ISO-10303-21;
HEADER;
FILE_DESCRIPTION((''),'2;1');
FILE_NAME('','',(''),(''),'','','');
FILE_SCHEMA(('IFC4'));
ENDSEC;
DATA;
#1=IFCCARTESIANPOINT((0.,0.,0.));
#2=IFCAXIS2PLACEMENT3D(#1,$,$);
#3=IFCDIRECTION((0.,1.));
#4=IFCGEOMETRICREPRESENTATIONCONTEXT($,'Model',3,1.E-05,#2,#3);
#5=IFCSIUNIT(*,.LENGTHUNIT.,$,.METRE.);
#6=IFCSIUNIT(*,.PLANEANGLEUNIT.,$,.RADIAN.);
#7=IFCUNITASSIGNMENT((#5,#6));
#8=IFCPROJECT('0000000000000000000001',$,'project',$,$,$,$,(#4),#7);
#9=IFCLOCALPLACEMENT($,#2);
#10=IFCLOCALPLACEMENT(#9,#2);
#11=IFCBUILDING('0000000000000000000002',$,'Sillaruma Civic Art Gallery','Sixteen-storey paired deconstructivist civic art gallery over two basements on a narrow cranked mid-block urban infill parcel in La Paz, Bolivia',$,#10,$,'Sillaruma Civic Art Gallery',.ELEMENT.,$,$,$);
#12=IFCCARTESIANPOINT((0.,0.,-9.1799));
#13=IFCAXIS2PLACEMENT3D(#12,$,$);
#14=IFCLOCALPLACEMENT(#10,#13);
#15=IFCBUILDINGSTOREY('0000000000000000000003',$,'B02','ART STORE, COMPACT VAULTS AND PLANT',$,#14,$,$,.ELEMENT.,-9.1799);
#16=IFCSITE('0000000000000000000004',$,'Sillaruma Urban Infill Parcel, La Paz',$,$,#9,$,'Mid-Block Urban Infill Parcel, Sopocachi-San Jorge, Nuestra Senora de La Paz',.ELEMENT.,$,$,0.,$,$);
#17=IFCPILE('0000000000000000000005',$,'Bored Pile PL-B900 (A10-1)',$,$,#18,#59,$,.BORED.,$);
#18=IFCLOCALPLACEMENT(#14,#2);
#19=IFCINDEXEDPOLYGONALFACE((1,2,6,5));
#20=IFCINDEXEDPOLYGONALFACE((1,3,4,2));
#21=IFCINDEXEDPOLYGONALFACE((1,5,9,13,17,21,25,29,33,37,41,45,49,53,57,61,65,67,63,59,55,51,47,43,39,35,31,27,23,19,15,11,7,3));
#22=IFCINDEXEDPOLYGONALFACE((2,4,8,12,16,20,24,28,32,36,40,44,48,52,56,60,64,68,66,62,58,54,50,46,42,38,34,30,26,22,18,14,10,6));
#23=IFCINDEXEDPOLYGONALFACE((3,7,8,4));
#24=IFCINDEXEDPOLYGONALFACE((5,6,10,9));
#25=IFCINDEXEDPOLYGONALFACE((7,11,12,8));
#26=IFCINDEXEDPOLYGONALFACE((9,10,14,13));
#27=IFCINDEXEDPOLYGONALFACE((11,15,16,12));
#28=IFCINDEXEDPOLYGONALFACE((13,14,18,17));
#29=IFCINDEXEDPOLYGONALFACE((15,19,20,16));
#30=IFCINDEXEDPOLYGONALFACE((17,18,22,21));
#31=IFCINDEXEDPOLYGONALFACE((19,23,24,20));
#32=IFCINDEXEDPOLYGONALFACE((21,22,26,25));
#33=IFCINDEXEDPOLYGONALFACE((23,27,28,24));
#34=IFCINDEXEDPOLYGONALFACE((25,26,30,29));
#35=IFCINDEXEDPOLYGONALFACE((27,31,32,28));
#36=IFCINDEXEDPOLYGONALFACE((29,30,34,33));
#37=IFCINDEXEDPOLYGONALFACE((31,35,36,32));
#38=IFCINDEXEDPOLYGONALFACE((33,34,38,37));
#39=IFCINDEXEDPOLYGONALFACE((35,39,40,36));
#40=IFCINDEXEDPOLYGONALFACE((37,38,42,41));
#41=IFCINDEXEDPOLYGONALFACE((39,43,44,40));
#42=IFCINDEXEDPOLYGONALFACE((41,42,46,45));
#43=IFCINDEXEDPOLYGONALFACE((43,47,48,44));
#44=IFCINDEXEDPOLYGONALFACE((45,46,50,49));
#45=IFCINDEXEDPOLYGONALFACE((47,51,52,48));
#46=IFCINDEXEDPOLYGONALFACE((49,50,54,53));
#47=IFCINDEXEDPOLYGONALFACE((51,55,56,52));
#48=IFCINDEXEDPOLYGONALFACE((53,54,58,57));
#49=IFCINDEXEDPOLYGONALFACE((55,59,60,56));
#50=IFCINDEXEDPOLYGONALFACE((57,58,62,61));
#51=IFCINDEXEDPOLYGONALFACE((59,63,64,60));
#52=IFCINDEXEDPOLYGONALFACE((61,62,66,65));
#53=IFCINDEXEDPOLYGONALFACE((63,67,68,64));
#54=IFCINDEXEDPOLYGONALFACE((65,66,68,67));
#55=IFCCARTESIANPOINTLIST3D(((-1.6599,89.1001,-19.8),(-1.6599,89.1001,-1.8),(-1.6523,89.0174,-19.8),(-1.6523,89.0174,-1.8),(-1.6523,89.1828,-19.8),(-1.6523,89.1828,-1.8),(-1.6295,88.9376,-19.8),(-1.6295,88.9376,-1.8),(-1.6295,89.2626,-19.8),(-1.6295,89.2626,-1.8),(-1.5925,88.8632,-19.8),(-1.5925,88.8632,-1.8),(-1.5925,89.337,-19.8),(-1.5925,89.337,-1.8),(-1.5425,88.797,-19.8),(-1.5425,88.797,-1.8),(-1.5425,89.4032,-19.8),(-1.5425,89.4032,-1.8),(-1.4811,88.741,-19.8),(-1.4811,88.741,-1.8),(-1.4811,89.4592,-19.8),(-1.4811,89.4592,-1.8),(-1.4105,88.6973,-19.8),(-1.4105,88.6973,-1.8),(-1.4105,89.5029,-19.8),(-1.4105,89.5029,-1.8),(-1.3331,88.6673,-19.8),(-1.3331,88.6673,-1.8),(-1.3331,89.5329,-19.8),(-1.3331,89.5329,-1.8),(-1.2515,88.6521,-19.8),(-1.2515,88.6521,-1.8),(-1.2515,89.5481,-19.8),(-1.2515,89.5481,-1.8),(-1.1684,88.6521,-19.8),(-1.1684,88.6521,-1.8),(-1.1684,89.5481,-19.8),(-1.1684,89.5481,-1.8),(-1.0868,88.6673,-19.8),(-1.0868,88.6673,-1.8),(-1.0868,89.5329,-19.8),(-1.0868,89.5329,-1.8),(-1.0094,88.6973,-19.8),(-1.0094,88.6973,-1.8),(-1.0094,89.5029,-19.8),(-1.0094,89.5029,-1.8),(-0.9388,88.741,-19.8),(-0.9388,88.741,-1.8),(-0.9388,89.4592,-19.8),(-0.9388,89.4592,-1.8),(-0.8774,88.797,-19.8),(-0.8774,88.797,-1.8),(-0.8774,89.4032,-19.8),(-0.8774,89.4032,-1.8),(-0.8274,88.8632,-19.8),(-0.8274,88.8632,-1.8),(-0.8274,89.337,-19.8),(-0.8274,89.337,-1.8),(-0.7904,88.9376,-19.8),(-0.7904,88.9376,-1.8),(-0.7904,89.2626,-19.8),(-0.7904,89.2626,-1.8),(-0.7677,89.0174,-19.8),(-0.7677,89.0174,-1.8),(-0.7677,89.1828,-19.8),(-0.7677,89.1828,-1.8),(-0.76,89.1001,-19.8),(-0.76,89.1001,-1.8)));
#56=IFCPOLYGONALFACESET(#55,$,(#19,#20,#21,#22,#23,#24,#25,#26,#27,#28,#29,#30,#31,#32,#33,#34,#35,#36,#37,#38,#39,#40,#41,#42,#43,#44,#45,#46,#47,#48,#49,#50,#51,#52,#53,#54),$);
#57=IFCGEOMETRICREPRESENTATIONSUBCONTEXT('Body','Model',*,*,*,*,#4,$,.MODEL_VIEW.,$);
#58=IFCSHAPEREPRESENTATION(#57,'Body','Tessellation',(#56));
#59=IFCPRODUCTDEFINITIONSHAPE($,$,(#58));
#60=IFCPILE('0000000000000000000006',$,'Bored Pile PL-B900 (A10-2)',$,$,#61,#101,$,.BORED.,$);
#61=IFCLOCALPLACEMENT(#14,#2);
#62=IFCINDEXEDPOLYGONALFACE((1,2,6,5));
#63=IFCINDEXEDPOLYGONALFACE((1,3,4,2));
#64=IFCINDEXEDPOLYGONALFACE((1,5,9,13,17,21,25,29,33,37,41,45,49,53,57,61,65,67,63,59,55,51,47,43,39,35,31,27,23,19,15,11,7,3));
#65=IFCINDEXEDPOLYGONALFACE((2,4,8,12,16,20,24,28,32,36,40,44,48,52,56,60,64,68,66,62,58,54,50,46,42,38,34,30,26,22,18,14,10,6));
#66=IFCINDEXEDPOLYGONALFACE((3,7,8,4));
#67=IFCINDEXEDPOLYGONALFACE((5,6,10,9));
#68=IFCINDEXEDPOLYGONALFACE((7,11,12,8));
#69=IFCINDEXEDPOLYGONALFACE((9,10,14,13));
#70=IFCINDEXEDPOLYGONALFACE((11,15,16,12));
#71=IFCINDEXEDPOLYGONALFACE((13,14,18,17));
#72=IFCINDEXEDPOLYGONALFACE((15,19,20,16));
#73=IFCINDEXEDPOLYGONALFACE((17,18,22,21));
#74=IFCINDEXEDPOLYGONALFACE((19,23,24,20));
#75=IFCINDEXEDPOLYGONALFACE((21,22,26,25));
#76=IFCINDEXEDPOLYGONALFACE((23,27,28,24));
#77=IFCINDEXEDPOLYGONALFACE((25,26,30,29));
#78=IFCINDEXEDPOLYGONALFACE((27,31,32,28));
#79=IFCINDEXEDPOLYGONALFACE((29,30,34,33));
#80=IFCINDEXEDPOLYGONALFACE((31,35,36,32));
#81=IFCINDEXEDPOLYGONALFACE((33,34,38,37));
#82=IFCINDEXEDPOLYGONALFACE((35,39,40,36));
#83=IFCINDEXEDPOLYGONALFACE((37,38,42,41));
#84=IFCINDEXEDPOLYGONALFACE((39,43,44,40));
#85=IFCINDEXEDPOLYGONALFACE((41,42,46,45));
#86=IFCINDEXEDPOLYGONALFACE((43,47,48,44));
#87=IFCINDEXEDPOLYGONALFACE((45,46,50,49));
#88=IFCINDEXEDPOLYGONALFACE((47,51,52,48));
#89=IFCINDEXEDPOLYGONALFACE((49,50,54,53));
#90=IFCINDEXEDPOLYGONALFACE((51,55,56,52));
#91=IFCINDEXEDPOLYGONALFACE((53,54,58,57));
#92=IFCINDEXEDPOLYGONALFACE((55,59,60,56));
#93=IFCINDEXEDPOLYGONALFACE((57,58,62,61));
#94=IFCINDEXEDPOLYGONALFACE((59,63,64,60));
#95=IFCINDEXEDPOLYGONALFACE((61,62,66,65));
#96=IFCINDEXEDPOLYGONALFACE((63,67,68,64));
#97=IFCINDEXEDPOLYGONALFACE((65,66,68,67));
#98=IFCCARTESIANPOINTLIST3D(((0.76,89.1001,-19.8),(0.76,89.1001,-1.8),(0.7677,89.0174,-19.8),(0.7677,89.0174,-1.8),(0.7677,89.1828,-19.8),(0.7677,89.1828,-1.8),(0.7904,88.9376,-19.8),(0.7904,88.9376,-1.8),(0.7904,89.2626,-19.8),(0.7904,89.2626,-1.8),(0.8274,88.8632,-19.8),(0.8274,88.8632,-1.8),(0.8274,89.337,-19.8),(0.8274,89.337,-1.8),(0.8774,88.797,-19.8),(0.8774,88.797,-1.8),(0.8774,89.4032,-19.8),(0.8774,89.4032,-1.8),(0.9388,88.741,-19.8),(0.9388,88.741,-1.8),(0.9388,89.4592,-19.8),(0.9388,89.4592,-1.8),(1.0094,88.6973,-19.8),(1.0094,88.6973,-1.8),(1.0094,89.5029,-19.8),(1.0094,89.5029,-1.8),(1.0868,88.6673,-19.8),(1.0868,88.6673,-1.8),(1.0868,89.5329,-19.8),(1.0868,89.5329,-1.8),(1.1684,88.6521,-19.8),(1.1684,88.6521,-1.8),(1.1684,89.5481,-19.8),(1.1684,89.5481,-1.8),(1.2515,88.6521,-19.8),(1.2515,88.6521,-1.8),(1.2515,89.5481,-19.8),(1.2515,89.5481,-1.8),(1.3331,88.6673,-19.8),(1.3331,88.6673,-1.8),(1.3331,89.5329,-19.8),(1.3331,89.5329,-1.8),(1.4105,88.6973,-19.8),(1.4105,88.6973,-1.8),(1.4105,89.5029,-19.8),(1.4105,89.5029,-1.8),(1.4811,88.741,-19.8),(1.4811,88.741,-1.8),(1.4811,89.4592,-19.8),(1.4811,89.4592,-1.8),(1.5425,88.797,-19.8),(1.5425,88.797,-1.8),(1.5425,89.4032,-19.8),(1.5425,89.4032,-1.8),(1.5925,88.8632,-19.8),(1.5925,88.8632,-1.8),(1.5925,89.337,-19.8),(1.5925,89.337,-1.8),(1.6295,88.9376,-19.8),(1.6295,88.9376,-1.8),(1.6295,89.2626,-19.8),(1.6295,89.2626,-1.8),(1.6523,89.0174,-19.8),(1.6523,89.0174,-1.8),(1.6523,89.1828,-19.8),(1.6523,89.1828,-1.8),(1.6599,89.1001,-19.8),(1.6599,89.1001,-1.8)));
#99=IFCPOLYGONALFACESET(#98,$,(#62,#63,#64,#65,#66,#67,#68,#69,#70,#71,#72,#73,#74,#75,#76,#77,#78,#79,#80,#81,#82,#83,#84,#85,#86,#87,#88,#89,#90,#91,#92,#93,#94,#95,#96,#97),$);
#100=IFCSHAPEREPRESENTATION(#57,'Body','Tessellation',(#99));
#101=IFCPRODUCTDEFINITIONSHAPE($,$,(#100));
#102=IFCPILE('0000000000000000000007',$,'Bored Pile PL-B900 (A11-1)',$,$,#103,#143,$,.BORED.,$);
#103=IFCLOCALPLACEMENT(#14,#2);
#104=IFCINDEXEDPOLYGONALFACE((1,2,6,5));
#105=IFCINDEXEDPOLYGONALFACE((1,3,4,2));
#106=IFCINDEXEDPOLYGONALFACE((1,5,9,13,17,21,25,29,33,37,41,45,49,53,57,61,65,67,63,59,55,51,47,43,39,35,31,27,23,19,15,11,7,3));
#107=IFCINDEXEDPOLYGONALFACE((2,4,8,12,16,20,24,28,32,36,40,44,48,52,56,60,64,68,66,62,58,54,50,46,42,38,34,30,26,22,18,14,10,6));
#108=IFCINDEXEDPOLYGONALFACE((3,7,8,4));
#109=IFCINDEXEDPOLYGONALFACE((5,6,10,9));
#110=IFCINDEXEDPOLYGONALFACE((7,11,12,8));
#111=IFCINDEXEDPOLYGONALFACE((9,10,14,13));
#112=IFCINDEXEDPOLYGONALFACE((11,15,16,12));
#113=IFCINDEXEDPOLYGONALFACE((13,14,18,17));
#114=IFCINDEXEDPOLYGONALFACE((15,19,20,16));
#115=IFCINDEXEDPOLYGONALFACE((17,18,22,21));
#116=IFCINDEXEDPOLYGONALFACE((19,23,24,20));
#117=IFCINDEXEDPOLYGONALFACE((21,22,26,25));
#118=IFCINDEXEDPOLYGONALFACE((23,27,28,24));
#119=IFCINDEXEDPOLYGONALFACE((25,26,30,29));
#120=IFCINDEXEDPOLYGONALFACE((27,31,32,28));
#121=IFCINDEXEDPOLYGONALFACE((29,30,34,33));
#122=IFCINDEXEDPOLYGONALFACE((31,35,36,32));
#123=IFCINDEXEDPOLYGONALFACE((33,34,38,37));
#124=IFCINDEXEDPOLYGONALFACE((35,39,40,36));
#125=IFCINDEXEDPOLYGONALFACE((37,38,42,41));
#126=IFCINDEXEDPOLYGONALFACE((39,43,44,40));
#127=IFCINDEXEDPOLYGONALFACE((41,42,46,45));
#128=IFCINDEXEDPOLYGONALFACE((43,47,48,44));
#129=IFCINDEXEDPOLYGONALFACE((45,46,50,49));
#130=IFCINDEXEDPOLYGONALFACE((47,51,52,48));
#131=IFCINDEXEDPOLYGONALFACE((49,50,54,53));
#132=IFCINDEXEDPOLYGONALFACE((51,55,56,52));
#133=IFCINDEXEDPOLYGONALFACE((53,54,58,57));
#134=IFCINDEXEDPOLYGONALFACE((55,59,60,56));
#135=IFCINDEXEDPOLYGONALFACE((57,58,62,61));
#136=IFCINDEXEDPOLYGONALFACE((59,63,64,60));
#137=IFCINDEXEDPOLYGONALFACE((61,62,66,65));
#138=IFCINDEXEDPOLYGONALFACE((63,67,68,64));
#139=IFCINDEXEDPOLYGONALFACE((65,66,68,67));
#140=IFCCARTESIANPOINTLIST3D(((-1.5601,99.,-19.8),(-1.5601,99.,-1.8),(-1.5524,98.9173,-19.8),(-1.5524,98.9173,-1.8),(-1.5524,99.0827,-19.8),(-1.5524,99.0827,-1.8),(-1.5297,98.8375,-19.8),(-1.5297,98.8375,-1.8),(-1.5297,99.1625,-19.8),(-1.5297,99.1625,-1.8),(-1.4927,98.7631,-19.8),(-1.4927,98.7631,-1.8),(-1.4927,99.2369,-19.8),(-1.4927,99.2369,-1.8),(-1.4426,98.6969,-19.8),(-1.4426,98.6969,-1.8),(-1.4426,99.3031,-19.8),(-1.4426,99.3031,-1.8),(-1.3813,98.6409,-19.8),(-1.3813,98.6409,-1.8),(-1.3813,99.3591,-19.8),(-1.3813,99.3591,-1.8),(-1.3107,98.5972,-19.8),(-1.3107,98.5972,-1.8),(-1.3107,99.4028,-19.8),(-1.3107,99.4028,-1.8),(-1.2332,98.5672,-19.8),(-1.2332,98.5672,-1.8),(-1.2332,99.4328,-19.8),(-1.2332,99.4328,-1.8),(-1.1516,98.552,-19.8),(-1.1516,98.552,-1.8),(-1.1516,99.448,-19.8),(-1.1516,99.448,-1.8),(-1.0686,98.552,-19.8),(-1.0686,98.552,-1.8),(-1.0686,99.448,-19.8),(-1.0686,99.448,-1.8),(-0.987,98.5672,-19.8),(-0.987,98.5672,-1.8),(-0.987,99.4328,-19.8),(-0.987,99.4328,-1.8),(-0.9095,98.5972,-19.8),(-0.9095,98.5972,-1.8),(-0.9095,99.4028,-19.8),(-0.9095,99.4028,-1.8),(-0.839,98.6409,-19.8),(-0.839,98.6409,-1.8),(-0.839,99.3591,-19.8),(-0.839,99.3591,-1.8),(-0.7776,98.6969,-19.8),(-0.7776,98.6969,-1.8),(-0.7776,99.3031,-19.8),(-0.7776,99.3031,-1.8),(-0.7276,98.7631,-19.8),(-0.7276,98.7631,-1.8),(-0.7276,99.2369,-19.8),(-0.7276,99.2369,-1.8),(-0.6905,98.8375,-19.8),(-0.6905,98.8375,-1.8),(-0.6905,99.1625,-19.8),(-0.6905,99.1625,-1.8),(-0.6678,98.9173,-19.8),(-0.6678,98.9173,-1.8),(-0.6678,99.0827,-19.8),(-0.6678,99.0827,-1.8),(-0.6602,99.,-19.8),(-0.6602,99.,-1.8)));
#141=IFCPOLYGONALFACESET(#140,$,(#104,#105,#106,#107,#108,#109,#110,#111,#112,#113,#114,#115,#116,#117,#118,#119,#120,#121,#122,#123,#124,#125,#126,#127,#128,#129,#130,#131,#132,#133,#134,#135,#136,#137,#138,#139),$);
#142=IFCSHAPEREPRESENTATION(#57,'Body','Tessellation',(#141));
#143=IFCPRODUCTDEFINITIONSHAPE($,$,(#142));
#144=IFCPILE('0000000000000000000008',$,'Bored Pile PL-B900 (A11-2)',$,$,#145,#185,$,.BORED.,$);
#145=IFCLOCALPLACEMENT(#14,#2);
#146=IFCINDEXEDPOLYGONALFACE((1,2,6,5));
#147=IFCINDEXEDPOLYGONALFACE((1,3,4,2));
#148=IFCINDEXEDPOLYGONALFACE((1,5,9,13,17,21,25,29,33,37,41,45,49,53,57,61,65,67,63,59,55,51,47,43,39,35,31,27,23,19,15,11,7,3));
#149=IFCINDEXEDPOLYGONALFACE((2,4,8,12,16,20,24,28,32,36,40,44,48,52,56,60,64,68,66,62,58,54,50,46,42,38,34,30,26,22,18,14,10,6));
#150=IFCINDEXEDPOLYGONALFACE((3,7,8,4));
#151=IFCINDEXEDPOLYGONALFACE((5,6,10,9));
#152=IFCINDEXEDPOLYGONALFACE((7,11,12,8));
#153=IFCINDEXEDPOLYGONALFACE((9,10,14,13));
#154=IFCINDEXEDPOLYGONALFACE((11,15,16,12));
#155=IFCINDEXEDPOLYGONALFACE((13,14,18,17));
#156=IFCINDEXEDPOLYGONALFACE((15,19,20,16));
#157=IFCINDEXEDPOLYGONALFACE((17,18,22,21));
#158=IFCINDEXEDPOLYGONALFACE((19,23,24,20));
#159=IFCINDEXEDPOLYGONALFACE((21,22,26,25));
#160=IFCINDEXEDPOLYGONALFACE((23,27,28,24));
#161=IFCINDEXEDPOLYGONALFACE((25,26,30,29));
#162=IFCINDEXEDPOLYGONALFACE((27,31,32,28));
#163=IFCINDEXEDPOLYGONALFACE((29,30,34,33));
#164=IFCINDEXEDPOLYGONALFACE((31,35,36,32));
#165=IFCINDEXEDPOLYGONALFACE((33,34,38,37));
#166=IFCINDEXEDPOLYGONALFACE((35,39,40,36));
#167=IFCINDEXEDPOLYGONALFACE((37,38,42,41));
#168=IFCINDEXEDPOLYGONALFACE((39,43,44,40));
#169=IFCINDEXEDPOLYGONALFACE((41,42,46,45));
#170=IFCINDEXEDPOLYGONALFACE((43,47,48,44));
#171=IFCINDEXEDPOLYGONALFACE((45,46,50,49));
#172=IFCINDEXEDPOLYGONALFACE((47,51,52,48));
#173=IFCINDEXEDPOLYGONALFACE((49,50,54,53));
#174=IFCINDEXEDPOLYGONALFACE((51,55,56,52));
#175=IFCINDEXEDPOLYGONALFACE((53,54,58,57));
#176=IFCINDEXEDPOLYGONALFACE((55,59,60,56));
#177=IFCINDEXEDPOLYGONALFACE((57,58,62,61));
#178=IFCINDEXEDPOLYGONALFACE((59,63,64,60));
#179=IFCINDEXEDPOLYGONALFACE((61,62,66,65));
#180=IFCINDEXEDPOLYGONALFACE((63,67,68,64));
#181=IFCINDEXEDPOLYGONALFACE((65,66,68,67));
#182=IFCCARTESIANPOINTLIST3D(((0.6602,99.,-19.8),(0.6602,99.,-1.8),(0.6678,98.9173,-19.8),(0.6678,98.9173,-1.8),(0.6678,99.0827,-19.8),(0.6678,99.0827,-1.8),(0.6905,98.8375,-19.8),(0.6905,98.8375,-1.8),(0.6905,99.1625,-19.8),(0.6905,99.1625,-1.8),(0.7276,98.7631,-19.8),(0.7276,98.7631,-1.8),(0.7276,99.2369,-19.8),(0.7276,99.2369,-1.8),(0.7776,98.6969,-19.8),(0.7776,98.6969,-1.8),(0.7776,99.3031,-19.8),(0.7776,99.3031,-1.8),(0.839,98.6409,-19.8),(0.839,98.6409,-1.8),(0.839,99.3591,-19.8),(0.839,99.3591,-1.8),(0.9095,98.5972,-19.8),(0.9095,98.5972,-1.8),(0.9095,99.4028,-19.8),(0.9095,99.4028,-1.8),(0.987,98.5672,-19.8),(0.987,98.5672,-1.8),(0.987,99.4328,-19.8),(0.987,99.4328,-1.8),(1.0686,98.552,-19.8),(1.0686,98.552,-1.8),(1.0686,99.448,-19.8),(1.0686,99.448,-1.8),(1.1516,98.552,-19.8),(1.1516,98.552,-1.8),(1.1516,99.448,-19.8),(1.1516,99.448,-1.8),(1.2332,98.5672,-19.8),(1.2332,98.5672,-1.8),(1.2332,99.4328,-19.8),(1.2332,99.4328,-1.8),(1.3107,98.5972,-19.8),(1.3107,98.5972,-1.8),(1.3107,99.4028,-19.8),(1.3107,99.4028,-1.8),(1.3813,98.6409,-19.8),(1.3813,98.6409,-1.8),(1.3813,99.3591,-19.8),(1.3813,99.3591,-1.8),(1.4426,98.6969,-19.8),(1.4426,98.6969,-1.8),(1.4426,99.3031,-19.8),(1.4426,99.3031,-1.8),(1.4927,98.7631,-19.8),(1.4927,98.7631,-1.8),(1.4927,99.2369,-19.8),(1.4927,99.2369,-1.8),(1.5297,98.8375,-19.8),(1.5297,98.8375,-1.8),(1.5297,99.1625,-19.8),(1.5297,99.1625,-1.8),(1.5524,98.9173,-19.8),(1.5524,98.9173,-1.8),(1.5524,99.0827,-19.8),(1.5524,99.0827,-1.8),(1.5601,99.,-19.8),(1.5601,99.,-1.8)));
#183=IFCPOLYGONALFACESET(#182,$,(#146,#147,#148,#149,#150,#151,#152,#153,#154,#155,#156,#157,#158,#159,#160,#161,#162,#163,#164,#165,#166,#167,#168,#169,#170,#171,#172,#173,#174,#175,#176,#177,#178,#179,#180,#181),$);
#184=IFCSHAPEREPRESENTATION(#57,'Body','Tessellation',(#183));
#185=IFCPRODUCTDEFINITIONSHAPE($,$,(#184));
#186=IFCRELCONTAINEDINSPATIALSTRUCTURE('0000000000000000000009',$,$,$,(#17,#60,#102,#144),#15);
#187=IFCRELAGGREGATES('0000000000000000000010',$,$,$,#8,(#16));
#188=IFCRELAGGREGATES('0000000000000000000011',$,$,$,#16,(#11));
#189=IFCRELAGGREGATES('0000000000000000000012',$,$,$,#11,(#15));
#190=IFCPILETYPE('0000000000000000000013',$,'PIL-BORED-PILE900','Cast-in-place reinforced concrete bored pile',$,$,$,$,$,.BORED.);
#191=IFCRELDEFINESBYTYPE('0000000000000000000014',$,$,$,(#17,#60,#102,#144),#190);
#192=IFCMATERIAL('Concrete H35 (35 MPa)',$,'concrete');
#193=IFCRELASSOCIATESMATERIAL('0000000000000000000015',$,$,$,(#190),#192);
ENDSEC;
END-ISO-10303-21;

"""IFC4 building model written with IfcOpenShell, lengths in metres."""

from ifc_helpers import new_model, si_unit, direction, frame, origin, origin_2d, place, context, subcontext, project, spatial, circle, extrude, material, material_profile, profile_set, type_object, element, save


model = new_model("IFC4")

# Units and contexts
model_context = context("Model", 3, precision=1e-05, world=origin(), true_north=direction((0.0, 1.0)))
body_context = subcontext(model_context, "Body", "Model", "MODEL_VIEW")
ifc_project = project(units=[si_unit("LENGTHUNIT", "METRE"), si_unit("PLANEANGLEUNIT", "RADIAN")], contexts=[model_context])

# Site, building, storey
site_placement = place(None, origin())
site = spatial("IfcSite", under=ifc_project, at=site_placement, Name="Sillaruma Urban Infill Parcel, La Paz", LongName="Mid-Block Urban Infill Parcel, Sopocachi-San Jorge, Nuestra Senora de La Paz", CompositionType="ELEMENT", RefElevation=0.0)
building_placement = place(site_placement, origin())
building = spatial("IfcBuilding", under=site, at=building_placement, Name="Sillaruma Civic Art Gallery", Description="Sixteen-storey paired deconstructivist civic art gallery over two basements on a narrow cranked mid-block urban infill parcel in La Paz, Bolivia", LongName="Sillaruma Civic Art Gallery", CompositionType="ELEMENT")
storey_placement = place(building_placement, frame((0.0, 0.0, -9.1799)))
storey = spatial("IfcBuildingStorey", under=building, at=storey_placement, Name="B02", Description="ART STORE, COMPACT VAULTS AND PLANT", CompositionType="ELEMENT", Elevation=-9.1799)

# Shared definitions
ifc_material_1 = material(Name="Concrete H35 (35 MPa)", Category="concrete")

# Piles
ifc_material_profile_1 = material_profile(ifc_material_1, circle(Radius=0.45, at=origin_2d()), Name="PILE900")
ifc_profile_set_1 = profile_set([ifc_material_profile_1], Name="Concrete H35 (35 MPa)")
pile_type_1 = type_object("IfcPileType", Name="PIL-BORED-PILE900", Description="Cast-in-place reinforced concrete bored pile", PredefinedType="BORED", material=ifc_profile_set_1)
for number, where, z_axis, x_axis, name in (
    (1, (-1.21, 89.1001, -1.8), (0.0, 0.0, -1.0), (1.0, 0.0, 0.0), "Bored Pile PL-B900 (A10-1)"),
    (2, (1.21, 89.1001, -1.8), (0.0, 0.0, -1.0), (1.0, 0.0, 0.0), "Bored Pile PL-B900 (A10-2)"),
    (3, (-1.1101, 99.0, -1.8), (0.0, 0.0, -1.0), (1.0, 0.0, 0.0), "Bored Pile PL-B900 (A11-1)"),
    (4, (1.1101, 99.0, -1.8), (0.0, 0.0, -1.0), (1.0, 0.0, 0.0), "Bored Pile PL-B900 (A11-2)"),
):
    element("IfcPile", number, at=place(storey_placement, frame(where, z_axis=z_axis, x_axis=x_axis)), inside=storey, type_object=pile_type_1, Name=name, PredefinedType="BORED", context=body_context, shape_type="SweptSolid", body=[
        extrude(circle(Radius=0.45, at=origin_2d()), origin(), (0.0, 0.0, 1.0), 18.0),
    ])

save(model, "model.ifc")
